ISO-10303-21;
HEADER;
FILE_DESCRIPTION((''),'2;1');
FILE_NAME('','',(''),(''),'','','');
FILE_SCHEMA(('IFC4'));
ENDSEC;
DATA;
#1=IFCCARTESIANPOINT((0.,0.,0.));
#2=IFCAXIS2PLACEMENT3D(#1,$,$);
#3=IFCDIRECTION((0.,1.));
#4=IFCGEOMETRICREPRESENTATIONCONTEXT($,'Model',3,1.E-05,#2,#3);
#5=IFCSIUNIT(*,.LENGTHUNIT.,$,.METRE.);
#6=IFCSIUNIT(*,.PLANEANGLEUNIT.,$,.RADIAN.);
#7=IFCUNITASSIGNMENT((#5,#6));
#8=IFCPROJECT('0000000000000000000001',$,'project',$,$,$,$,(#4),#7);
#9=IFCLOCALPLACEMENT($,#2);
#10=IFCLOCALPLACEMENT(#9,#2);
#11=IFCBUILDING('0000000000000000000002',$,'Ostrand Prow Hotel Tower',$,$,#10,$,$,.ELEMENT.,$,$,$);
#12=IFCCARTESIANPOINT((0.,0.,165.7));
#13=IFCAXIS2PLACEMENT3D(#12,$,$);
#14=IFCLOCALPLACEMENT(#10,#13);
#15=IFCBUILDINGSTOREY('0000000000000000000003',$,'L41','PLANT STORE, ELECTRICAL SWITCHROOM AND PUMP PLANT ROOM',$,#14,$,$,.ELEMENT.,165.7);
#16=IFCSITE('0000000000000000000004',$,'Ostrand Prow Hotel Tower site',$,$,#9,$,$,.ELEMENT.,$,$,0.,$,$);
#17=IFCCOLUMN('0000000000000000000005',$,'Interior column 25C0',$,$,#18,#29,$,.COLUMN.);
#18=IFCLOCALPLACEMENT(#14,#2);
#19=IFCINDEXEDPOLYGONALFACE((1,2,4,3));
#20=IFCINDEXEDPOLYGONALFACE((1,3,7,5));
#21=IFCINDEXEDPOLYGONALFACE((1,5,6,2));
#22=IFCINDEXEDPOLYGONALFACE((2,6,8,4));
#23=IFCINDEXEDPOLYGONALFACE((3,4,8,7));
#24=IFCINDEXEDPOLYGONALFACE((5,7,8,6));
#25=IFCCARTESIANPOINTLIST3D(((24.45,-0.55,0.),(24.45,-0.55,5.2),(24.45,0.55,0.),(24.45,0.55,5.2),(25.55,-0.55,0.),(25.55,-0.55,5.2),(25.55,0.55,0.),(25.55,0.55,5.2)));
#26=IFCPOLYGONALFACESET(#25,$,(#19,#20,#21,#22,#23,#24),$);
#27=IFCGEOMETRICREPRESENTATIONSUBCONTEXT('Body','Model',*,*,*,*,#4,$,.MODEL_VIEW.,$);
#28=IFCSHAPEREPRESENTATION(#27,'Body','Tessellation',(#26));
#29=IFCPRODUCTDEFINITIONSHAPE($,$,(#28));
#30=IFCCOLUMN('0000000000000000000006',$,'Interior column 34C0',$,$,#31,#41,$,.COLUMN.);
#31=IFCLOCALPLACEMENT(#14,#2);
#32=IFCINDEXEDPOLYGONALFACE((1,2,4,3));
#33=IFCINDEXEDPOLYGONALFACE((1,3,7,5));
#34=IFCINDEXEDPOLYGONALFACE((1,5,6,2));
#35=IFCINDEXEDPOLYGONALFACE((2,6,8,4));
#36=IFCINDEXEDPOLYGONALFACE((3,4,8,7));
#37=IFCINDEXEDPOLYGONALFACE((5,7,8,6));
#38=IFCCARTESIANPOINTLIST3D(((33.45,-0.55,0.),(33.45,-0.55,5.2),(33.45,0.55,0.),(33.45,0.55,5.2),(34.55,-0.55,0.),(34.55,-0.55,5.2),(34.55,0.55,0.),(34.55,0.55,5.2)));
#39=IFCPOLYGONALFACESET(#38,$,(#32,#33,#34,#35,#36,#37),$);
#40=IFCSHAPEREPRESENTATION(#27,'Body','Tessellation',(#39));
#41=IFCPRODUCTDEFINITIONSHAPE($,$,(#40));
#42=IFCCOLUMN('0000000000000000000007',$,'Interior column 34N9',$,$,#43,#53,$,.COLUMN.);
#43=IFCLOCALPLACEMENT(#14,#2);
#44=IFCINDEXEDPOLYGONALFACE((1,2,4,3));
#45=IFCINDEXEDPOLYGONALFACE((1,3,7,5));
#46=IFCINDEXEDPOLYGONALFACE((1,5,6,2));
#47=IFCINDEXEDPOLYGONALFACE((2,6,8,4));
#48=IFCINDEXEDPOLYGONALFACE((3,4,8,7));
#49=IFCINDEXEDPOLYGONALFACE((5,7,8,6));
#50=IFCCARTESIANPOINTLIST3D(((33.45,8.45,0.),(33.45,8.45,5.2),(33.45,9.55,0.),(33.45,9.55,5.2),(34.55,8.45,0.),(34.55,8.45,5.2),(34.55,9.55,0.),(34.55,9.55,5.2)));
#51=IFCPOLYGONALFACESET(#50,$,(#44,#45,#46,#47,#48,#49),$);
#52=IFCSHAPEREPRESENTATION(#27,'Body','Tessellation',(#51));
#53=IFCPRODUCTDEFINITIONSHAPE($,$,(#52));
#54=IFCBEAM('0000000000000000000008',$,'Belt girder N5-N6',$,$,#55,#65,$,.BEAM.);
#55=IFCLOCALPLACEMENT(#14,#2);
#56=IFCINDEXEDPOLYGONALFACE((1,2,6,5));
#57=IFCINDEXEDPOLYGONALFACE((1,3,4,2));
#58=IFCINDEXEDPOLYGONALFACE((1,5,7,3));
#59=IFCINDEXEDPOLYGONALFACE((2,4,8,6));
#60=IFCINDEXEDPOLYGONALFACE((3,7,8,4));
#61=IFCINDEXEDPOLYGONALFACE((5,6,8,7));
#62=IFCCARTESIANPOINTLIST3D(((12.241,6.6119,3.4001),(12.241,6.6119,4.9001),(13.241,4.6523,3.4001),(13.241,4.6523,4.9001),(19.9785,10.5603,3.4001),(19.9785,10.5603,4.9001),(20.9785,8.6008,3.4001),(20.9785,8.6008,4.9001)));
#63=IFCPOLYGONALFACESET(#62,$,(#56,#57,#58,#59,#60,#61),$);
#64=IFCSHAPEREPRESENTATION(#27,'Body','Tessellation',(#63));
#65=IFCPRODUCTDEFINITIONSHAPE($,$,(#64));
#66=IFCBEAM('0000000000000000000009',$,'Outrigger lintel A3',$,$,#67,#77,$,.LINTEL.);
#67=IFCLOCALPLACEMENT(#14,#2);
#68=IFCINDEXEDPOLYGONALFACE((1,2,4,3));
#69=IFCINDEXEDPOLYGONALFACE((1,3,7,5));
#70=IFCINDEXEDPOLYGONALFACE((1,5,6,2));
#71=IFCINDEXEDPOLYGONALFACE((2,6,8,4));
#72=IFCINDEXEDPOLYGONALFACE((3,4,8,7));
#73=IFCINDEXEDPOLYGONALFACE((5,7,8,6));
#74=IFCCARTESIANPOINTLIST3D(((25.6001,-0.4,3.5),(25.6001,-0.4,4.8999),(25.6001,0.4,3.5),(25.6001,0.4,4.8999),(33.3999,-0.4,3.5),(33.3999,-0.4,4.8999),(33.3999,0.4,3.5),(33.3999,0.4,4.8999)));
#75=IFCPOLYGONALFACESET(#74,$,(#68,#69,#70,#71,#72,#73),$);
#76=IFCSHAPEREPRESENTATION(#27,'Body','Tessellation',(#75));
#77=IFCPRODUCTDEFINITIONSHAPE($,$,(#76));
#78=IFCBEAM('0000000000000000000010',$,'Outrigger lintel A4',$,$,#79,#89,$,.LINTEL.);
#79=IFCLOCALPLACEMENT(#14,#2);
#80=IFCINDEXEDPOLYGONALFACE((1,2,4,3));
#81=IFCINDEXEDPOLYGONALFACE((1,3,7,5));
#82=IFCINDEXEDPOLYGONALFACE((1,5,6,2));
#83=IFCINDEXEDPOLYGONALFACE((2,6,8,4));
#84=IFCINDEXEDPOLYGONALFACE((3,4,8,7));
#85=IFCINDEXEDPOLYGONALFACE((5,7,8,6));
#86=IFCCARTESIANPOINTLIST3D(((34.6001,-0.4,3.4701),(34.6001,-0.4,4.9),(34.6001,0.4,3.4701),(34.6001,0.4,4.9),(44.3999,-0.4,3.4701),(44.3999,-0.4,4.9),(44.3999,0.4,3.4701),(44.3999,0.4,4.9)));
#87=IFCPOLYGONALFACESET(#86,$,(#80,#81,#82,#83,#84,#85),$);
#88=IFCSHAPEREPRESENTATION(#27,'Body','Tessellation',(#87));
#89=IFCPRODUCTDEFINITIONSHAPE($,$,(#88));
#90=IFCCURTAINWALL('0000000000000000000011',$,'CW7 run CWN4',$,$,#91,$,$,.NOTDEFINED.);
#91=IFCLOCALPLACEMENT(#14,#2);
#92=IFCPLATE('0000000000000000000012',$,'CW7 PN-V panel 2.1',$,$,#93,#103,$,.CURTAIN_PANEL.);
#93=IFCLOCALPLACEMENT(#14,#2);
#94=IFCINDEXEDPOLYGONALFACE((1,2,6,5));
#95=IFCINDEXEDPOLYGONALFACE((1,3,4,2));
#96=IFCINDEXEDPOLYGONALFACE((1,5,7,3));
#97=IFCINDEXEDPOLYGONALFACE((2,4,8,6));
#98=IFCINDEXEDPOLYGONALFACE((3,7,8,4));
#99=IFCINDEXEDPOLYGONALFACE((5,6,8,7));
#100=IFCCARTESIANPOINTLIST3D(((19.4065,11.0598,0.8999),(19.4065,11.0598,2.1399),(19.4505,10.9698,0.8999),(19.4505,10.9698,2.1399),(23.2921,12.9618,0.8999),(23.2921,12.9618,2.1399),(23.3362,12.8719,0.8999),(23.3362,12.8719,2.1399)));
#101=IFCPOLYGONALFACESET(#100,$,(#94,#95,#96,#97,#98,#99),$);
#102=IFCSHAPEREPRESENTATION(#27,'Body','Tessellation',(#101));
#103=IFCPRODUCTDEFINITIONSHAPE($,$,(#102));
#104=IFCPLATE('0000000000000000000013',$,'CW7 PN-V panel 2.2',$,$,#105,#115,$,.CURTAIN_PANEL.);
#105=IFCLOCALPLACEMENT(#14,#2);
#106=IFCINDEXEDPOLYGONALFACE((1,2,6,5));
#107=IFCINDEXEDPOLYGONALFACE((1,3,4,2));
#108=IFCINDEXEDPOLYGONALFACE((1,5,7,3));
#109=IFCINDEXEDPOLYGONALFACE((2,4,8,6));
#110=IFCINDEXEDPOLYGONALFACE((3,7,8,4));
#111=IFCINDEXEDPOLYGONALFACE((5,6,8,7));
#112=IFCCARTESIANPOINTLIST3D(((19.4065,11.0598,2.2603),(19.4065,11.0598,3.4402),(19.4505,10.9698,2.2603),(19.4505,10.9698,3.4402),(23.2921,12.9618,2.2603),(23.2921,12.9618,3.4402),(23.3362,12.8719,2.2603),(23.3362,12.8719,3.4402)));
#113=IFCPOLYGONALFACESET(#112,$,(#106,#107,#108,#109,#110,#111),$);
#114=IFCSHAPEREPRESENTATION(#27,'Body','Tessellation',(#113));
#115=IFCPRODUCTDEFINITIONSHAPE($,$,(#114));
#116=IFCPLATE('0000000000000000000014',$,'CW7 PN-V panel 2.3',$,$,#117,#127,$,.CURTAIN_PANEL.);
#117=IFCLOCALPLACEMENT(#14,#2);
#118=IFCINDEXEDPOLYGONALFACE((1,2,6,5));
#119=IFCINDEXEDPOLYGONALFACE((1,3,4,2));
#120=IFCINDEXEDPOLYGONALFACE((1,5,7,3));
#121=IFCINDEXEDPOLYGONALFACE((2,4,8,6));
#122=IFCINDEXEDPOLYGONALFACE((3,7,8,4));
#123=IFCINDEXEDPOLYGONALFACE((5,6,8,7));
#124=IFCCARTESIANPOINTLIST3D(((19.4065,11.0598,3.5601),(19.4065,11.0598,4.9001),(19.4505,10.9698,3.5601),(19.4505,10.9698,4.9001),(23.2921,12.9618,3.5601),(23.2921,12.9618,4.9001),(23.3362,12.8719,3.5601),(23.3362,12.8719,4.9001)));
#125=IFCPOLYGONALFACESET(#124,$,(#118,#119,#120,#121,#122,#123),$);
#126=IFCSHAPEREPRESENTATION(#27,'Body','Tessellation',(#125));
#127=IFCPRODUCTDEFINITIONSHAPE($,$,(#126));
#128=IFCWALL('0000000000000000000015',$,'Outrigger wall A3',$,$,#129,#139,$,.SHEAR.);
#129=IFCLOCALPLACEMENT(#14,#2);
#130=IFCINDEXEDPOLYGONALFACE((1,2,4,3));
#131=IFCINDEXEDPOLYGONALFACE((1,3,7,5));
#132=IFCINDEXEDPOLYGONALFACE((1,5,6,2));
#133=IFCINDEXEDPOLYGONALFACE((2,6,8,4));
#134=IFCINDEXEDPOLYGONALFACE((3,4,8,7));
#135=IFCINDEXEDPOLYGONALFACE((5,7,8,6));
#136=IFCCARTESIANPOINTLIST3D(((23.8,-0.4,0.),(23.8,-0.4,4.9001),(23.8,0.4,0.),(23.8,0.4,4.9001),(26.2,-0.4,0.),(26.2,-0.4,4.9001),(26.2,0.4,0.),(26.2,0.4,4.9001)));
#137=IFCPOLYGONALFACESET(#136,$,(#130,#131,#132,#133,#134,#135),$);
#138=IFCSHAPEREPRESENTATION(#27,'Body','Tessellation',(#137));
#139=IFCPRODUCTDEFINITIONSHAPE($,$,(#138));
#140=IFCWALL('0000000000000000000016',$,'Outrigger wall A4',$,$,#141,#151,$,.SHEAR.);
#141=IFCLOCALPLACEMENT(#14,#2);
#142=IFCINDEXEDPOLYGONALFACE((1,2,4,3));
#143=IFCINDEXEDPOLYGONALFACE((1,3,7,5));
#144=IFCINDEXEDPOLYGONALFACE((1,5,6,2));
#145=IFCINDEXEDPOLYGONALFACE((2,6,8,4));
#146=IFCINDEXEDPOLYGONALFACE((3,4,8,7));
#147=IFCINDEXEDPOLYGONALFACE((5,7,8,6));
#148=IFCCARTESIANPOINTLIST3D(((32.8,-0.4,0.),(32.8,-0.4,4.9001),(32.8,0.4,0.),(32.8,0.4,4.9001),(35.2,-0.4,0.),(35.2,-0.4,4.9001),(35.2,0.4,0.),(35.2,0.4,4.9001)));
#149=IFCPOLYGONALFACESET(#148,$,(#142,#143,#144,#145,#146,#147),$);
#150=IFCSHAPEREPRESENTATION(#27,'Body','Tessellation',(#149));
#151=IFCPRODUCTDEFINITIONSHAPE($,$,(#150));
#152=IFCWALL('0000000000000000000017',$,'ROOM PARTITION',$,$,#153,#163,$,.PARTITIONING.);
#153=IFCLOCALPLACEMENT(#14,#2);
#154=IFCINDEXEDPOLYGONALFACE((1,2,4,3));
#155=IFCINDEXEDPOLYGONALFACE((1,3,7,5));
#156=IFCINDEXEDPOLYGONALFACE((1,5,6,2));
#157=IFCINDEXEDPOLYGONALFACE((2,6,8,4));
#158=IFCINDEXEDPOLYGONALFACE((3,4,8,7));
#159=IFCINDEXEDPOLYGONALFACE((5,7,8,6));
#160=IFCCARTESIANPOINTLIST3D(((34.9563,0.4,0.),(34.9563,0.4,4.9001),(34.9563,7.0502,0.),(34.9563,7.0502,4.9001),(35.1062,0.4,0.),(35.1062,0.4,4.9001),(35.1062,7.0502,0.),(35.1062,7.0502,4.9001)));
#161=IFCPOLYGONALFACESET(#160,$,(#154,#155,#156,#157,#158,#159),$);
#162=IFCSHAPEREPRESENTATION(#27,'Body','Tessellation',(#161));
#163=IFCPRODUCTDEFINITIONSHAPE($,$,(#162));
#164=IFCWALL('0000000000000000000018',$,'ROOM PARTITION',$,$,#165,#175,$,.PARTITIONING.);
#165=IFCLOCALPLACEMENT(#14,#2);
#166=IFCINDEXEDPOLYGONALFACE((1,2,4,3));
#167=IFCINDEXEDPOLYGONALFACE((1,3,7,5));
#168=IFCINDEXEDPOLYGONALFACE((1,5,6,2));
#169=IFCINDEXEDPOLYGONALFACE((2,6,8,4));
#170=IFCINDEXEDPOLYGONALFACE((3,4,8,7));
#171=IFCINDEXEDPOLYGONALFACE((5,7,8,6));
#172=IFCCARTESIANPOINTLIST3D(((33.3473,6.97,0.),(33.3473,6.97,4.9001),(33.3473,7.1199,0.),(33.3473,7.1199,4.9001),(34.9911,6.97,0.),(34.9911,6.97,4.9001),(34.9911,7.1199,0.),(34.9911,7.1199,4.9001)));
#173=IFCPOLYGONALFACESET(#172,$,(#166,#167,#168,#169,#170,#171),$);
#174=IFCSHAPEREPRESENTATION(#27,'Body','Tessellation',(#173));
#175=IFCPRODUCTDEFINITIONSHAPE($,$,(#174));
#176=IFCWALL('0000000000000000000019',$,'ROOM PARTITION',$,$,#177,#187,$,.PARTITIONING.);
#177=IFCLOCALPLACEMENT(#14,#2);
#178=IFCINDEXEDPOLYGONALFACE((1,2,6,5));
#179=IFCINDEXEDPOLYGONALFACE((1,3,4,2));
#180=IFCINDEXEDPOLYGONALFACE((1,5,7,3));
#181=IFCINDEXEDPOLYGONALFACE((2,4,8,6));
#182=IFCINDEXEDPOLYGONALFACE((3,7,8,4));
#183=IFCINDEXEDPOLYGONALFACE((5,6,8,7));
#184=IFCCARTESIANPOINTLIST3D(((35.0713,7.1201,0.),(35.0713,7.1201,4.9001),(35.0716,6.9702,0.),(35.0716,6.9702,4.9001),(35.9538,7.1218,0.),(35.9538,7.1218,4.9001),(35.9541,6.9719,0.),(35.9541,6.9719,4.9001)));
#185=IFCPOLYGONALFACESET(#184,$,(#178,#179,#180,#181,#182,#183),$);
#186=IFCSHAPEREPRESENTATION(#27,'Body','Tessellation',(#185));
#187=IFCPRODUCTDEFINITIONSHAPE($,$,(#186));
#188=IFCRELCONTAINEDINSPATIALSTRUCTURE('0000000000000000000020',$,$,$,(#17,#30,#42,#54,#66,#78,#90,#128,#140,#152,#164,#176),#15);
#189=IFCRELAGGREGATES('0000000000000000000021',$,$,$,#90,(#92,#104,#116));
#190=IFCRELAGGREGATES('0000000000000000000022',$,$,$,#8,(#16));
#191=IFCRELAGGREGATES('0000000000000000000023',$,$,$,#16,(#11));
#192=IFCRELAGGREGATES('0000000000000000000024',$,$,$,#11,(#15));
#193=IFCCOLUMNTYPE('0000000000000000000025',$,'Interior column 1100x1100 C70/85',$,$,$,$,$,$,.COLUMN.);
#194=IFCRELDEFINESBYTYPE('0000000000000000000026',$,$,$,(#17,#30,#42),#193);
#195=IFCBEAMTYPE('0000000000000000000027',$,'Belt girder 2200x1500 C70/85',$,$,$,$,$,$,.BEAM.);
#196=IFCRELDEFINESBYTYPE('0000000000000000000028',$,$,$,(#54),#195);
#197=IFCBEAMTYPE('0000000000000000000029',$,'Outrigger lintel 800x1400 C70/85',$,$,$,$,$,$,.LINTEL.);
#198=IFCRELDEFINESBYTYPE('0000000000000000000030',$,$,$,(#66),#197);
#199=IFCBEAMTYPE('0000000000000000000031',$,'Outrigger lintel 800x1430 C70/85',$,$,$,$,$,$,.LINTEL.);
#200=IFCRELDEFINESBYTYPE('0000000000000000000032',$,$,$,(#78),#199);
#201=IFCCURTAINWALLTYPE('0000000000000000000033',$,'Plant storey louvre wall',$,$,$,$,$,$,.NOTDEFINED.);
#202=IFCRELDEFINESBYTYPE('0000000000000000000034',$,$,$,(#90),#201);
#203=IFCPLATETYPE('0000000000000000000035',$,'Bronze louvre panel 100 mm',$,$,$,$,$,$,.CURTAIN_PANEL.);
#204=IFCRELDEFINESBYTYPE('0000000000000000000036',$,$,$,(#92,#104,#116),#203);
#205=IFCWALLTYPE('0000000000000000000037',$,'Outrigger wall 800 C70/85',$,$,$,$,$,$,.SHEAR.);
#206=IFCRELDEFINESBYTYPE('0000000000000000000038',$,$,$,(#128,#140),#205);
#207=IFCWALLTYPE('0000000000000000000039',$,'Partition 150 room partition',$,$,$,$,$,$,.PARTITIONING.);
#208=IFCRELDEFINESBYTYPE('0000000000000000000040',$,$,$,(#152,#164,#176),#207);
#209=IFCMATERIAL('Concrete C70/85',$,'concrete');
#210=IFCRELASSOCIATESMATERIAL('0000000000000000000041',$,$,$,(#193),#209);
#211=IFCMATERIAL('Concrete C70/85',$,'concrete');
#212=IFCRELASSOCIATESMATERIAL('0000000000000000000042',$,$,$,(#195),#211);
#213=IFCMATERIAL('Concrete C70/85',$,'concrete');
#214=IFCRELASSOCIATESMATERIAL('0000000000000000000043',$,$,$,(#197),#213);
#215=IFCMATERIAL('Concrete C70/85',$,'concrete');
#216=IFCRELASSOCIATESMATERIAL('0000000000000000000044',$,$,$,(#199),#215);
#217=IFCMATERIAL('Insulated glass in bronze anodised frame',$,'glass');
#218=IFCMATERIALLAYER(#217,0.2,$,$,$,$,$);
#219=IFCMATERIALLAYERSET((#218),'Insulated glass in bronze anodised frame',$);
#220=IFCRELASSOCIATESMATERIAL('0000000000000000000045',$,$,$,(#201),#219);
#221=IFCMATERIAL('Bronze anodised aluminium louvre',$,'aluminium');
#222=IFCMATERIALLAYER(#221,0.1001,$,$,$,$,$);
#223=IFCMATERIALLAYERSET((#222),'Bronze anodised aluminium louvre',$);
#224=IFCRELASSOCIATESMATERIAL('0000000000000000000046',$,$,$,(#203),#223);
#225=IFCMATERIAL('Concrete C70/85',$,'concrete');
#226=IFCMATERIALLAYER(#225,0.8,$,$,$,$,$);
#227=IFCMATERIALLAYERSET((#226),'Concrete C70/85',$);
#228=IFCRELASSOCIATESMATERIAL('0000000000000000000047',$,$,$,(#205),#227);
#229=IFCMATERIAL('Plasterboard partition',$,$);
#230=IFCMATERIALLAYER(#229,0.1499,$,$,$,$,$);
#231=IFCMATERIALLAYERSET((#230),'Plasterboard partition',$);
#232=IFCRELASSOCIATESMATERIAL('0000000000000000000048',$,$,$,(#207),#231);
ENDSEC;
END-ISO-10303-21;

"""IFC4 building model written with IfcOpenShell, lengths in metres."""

from ifc_helpers import new_model, si_unit, direction, frame, frame_2d, origin, origin_2d, place, context, subcontext, project, spatial, rectangle, extrude, material, layer, layer_set, material_profile, profile_set, type_object, element, aggregate, save


model = new_model("IFC4")

# Units and contexts
model_context = context("Model", 3, precision=1e-05, world=origin(), true_north=direction((0.0, 1.0)))
body_context = subcontext(model_context, "Body", "Model", "MODEL_VIEW")
ifc_project = project(units=[si_unit("LENGTHUNIT", "METRE"), si_unit("PLANEANGLEUNIT", "RADIAN")], contexts=[model_context])

# Site, building, storey
site_placement = place(None, origin())
site = spatial("IfcSite", under=ifc_project, at=site_placement, Name="Ostrand Prow Hotel Tower site", CompositionType="ELEMENT", RefElevation=0.0)
building_placement = place(site_placement, origin())
building = spatial("IfcBuilding", under=site, at=building_placement, Name="Ostrand Prow Hotel Tower", CompositionType="ELEMENT")
storey_placement = place(building_placement, frame((0.0, 0.0, 165.7)))
storey = spatial("IfcBuildingStorey", under=building, at=storey_placement, Name="L41", Description="PLANT STORE, ELECTRICAL SWITCHROOM AND PUMP PLANT ROOM", CompositionType="ELEMENT", Elevation=165.7)

# Columns
ifc_material_1 = material(Name="Concrete C70/85", Category="concrete")
ifc_material_profile_1 = material_profile(ifc_material_1, rectangle(XDim=1.1001, YDim=1.1001, at=origin_2d()), Name="RC 1100x1100")
ifc_profile_set_1 = profile_set([ifc_material_profile_1], Name="Concrete C70/85")
column_type = type_object("IfcColumnType", Name="Interior column 1100x1100 C70/85", PredefinedType="COLUMN", material=ifc_profile_set_1)
for number, where, z_axis, x_axis, name in (
    (1, (25.0, 0.0, 0.0), (0.0, 0.0, 1.0), (1.0, 0.0, 0.0), "Interior column 25C0"),
    (2, (34.0, 0.0, 0.0), (0.0, 0.0, 1.0), (1.0, 0.0, 0.0), "Interior column 34C0"),
    (3, (34.0, 9.0, 0.0), (0.0, 0.0, 1.0), (1.0, 0.0, 0.0), "Interior column 34N9"),
):
    element("IfcColumn", number, at=place(storey_placement, frame(where, z_axis=z_axis, x_axis=x_axis)), inside=storey, type_object=column_type, Name=name, PredefinedType="COLUMN", context=body_context, shape_type="SweptSolid", body=[
        extrude(rectangle(XDim=1.1001, YDim=1.1001, at=origin_2d()), origin(), (0.0, 0.0, 1.0), 5.2),
    ])

# Beams
ifc_material_2 = material(Name="Concrete C70/85", Category="concrete")
ifc_material_profile_2 = material_profile(ifc_material_2, rectangle(XDim=2.2, YDim=1.5, at=origin_2d()), Name="RC 2200x1500")
ifc_profile_set_2 = profile_set([ifc_material_profile_2], Name="Concrete C70/85")
beam_type_1 = type_object("IfcBeamType", Name="Belt girder 2200x1500 C70/85", PredefinedType="BEAM", material=ifc_profile_set_2)
beam_1_placement = place(storey_placement, frame((20.4785, 9.5806, 4.1501), z_axis=(-0.890727, -0.45454, 0.0), x_axis=(0.45454, -0.890727, 0.0)))
element("IfcBeam", 4, at=beam_1_placement, inside=storey, type_object=beam_type_1, Name="Belt girder N5-N6", PredefinedType="BEAM", context=body_context, shape_type="SweptSolid", body=[
    extrude(rectangle(XDim=2.2, YDim=1.5, at=origin_2d()), origin(), (0.0, 0.0, 1.0), 8.6868),
])
ifc_material_3 = material(Name="Concrete C70/85", Category="concrete")
ifc_material_profile_3 = material_profile(ifc_material_3, rectangle(XDim=0.8, YDim=1.3999, at=origin_2d()), Name="RC 800x1400")
ifc_profile_set_3 = profile_set([ifc_material_profile_3], Name="Concrete C70/85")
beam_type_2 = type_object("IfcBeamType", Name="Outrigger lintel 800x1400 C70/85", PredefinedType="LINTEL", material=ifc_profile_set_3)
beam_2_placement = place(storey_placement, frame((25.6001, 0.0, 4.2), z_axis=(1.0, 0.0, 0.0), x_axis=(0.0, 1.0, 0.0)))
element("IfcBeam", 5, at=beam_2_placement, inside=storey, type_object=beam_type_2, Name="Outrigger lintel A3", PredefinedType="LINTEL", context=body_context, shape_type="SweptSolid", body=[
    extrude(rectangle(XDim=0.8, YDim=1.3999, at=origin_2d()), origin(), (0.0, 0.0, 1.0), 7.7998),
])
ifc_material_4 = material(Name="Concrete C70/85", Category="concrete")
ifc_material_profile_4 = material_profile(ifc_material_4, rectangle(XDim=0.8, YDim=1.4299, at=origin_2d()), Name="RC 800x1430")
ifc_profile_set_4 = profile_set([ifc_material_profile_4], Name="Concrete C70/85")
beam_type_3 = type_object("IfcBeamType", Name="Outrigger lintel 800x1430 C70/85", PredefinedType="LINTEL", material=ifc_profile_set_4)
beam_3_placement = place(storey_placement, frame((34.6001, 0.0, 4.1851), z_axis=(1.0, 0.0, 0.0), x_axis=(0.0, 1.0, 0.0)))
element("IfcBeam", 6, at=beam_3_placement, inside=storey, type_object=beam_type_3, Name="Outrigger lintel A4", PredefinedType="LINTEL", context=body_context, shape_type="SweptSolid", body=[
    extrude(rectangle(XDim=0.8, YDim=1.4299, at=origin_2d()), origin(), (0.0, 0.0, 1.0), 9.7998),
])

# Curtain wall, plates
ifc_material_5 = material(Name="Insulated glass in bronze anodised frame", Category="glass")
ifc_layer_1 = layer(ifc_material_5, 0.2)
ifc_layer_set_1 = layer_set([ifc_layer_1], Name="Insulated glass in bronze anodised frame")
curtain_wall_type = type_object("IfcCurtainWallType", Name="Plant storey louvre wall", PredefinedType="NOTDEFINED", material=ifc_layer_set_1)
curtain_wall_placement = place(storey_placement, origin())
curtain_wall = element("IfcCurtainWall", 7, at=curtain_wall_placement, inside=storey, type_object=curtain_wall_type, Name="CW7 run CWN4", PredefinedType="NOTDEFINED")
ifc_material_6 = material(Name="Bronze anodised aluminium louvre", Category="aluminium")
ifc_layer_2 = layer(ifc_material_6, 0.1001)
ifc_layer_set_2 = layer_set([ifc_layer_2], Name="Bronze anodised aluminium louvre")
plate_type = type_object("IfcPlateType", Name="Bronze louvre panel 100 mm", PredefinedType="CURTAIN_PANEL", material=ifc_layer_set_2)
plate_1_placement = place(storey_placement, frame((21.3713, 11.9658, 0.8999), z_axis=(0.0, 0.0, 1.0), x_axis=(-0.898165, -0.439659, 0.0)))
plate_1 = element("IfcPlate", 8, at=plate_1_placement, type_object=plate_type, Name="CW7 PN-V panel 2.1", PredefinedType="CURTAIN_PANEL", context=body_context, shape_type="SweptSolid", body=[
    extrude(rectangle(XDim=4.3262, YDim=0.1001, at=origin_2d()), origin(), (0.0, 0.0, 1.0), 1.24),
])
plate_2_placement = place(storey_placement, frame((21.3713, 11.9658, 2.2603), z_axis=(0.0, 0.0, 1.0), x_axis=(-0.898165, -0.439659, 0.0)))
plate_2 = element("IfcPlate", 9, at=plate_2_placement, type_object=plate_type, Name="CW7 PN-V panel 2.2", PredefinedType="CURTAIN_PANEL", context=body_context, shape_type="SweptSolid", body=[
    extrude(rectangle(XDim=4.3262, YDim=0.1001, at=origin_2d()), origin(), (0.0, 0.0, 1.0), 1.1799),
])
plate_3_placement = place(storey_placement, frame((21.3713, 11.9658, 3.5601), z_axis=(0.0, 0.0, 1.0), x_axis=(-0.898165, -0.439659, 0.0)))
plate_3 = element("IfcPlate", 10, at=plate_3_placement, type_object=plate_type, Name="CW7 PN-V panel 2.3", PredefinedType="CURTAIN_PANEL", context=body_context, shape_type="SweptSolid", body=[
    extrude(rectangle(XDim=4.3262, YDim=0.1001, at=origin_2d()), origin(), (0.0, 0.0, 1.0), 1.3401),
])
aggregate(curtain_wall, [plate_1, plate_2, plate_3])

# Walls
ifc_material_7 = material(Name="Concrete C70/85", Category="concrete")
ifc_layer_3 = layer(ifc_material_7, 0.8)
ifc_layer_set_3 = layer_set([ifc_layer_3], Name="Concrete C70/85")
wall_type_1 = type_object("IfcWallType", Name="Outrigger wall 800 C70/85", PredefinedType="SHEAR", material=ifc_layer_set_3)
for number, where, z_axis, x_axis, name in (
    (11, (23.8, 0.0, 0.0), (0.0, 0.0, 1.0), (1.0, 0.0, 0.0), "Outrigger wall A3"),
    (12, (32.8, 0.0, 0.0), (0.0, 0.0, 1.0), (1.0, 0.0, 0.0), "Outrigger wall A4"),
):
    element("IfcWall", number, at=place(storey_placement, frame(where, z_axis=z_axis, x_axis=x_axis)), inside=storey, type_object=wall_type_1, Name=name, PredefinedType="SHEAR", context=body_context, shape_type="SweptSolid", body=[
        extrude(rectangle(XDim=2.3999, YDim=0.8, at=frame_2d((1.2, 0.0))), origin(), (0.0, 0.0, 1.0), 4.9001),
    ])
ifc_material_8 = material(Name="Plasterboard partition")
ifc_layer_4 = layer(ifc_material_8, 0.1499)
ifc_layer_set_4 = layer_set([ifc_layer_4], Name="Plasterboard partition")
wall_type_2 = type_object("IfcWallType", Name="Partition 150 room partition", PredefinedType="PARTITIONING", material=ifc_layer_set_4)
wall_1_placement = place(storey_placement, frame((35.0312, 0.3999, 0.0), z_axis=(0.0, 0.0, 1.0), x_axis=(0.0, 1.0, 0.0)))
element("IfcWall", 13, at=wall_1_placement, inside=storey, type_object=wall_type_2, Name="ROOM PARTITION", PredefinedType="PARTITIONING", context=body_context, shape_type="SweptSolid", body=[
    extrude(rectangle(XDim=6.6501, YDim=0.1499, at=frame_2d((3.3252, 0.0))), origin(), (0.0, 0.0, 1.0), 4.9001),
])
wall_2_placement = place(storey_placement, frame((33.3474, 7.0449, 0.0), z_axis=(0.0, 0.0, 1.0), x_axis=(1.0, 0.0, 0.0)))
element("IfcWall", 14, at=wall_2_placement, inside=storey, type_object=wall_type_2, Name="ROOM PARTITION", PredefinedType="PARTITIONING", context=body_context, shape_type="SweptSolid", body=[
    extrude(rectangle(XDim=1.6438, YDim=0.1499, at=frame_2d((0.8218, 0.0))), origin(), (0.0, 0.0, 1.0), 4.9001),
])
wall_3_placement = place(storey_placement, frame((35.0713, 7.0452, 0.0), z_axis=(0.0, 0.0, 1.0), x_axis=(0.999998, 0.001936, 0.0)))
element("IfcWall", 15, at=wall_3_placement, inside=storey, type_object=wall_type_2, Name="ROOM PARTITION", PredefinedType="PARTITIONING", context=body_context, shape_type="SweptSolid", body=[
    extrude(rectangle(XDim=0.8826, YDim=0.1499, at=frame_2d((0.4414, 0.0))), origin(), (0.0, 0.0, 1.0), 4.9001),
])

save(model, "model.ifc")
